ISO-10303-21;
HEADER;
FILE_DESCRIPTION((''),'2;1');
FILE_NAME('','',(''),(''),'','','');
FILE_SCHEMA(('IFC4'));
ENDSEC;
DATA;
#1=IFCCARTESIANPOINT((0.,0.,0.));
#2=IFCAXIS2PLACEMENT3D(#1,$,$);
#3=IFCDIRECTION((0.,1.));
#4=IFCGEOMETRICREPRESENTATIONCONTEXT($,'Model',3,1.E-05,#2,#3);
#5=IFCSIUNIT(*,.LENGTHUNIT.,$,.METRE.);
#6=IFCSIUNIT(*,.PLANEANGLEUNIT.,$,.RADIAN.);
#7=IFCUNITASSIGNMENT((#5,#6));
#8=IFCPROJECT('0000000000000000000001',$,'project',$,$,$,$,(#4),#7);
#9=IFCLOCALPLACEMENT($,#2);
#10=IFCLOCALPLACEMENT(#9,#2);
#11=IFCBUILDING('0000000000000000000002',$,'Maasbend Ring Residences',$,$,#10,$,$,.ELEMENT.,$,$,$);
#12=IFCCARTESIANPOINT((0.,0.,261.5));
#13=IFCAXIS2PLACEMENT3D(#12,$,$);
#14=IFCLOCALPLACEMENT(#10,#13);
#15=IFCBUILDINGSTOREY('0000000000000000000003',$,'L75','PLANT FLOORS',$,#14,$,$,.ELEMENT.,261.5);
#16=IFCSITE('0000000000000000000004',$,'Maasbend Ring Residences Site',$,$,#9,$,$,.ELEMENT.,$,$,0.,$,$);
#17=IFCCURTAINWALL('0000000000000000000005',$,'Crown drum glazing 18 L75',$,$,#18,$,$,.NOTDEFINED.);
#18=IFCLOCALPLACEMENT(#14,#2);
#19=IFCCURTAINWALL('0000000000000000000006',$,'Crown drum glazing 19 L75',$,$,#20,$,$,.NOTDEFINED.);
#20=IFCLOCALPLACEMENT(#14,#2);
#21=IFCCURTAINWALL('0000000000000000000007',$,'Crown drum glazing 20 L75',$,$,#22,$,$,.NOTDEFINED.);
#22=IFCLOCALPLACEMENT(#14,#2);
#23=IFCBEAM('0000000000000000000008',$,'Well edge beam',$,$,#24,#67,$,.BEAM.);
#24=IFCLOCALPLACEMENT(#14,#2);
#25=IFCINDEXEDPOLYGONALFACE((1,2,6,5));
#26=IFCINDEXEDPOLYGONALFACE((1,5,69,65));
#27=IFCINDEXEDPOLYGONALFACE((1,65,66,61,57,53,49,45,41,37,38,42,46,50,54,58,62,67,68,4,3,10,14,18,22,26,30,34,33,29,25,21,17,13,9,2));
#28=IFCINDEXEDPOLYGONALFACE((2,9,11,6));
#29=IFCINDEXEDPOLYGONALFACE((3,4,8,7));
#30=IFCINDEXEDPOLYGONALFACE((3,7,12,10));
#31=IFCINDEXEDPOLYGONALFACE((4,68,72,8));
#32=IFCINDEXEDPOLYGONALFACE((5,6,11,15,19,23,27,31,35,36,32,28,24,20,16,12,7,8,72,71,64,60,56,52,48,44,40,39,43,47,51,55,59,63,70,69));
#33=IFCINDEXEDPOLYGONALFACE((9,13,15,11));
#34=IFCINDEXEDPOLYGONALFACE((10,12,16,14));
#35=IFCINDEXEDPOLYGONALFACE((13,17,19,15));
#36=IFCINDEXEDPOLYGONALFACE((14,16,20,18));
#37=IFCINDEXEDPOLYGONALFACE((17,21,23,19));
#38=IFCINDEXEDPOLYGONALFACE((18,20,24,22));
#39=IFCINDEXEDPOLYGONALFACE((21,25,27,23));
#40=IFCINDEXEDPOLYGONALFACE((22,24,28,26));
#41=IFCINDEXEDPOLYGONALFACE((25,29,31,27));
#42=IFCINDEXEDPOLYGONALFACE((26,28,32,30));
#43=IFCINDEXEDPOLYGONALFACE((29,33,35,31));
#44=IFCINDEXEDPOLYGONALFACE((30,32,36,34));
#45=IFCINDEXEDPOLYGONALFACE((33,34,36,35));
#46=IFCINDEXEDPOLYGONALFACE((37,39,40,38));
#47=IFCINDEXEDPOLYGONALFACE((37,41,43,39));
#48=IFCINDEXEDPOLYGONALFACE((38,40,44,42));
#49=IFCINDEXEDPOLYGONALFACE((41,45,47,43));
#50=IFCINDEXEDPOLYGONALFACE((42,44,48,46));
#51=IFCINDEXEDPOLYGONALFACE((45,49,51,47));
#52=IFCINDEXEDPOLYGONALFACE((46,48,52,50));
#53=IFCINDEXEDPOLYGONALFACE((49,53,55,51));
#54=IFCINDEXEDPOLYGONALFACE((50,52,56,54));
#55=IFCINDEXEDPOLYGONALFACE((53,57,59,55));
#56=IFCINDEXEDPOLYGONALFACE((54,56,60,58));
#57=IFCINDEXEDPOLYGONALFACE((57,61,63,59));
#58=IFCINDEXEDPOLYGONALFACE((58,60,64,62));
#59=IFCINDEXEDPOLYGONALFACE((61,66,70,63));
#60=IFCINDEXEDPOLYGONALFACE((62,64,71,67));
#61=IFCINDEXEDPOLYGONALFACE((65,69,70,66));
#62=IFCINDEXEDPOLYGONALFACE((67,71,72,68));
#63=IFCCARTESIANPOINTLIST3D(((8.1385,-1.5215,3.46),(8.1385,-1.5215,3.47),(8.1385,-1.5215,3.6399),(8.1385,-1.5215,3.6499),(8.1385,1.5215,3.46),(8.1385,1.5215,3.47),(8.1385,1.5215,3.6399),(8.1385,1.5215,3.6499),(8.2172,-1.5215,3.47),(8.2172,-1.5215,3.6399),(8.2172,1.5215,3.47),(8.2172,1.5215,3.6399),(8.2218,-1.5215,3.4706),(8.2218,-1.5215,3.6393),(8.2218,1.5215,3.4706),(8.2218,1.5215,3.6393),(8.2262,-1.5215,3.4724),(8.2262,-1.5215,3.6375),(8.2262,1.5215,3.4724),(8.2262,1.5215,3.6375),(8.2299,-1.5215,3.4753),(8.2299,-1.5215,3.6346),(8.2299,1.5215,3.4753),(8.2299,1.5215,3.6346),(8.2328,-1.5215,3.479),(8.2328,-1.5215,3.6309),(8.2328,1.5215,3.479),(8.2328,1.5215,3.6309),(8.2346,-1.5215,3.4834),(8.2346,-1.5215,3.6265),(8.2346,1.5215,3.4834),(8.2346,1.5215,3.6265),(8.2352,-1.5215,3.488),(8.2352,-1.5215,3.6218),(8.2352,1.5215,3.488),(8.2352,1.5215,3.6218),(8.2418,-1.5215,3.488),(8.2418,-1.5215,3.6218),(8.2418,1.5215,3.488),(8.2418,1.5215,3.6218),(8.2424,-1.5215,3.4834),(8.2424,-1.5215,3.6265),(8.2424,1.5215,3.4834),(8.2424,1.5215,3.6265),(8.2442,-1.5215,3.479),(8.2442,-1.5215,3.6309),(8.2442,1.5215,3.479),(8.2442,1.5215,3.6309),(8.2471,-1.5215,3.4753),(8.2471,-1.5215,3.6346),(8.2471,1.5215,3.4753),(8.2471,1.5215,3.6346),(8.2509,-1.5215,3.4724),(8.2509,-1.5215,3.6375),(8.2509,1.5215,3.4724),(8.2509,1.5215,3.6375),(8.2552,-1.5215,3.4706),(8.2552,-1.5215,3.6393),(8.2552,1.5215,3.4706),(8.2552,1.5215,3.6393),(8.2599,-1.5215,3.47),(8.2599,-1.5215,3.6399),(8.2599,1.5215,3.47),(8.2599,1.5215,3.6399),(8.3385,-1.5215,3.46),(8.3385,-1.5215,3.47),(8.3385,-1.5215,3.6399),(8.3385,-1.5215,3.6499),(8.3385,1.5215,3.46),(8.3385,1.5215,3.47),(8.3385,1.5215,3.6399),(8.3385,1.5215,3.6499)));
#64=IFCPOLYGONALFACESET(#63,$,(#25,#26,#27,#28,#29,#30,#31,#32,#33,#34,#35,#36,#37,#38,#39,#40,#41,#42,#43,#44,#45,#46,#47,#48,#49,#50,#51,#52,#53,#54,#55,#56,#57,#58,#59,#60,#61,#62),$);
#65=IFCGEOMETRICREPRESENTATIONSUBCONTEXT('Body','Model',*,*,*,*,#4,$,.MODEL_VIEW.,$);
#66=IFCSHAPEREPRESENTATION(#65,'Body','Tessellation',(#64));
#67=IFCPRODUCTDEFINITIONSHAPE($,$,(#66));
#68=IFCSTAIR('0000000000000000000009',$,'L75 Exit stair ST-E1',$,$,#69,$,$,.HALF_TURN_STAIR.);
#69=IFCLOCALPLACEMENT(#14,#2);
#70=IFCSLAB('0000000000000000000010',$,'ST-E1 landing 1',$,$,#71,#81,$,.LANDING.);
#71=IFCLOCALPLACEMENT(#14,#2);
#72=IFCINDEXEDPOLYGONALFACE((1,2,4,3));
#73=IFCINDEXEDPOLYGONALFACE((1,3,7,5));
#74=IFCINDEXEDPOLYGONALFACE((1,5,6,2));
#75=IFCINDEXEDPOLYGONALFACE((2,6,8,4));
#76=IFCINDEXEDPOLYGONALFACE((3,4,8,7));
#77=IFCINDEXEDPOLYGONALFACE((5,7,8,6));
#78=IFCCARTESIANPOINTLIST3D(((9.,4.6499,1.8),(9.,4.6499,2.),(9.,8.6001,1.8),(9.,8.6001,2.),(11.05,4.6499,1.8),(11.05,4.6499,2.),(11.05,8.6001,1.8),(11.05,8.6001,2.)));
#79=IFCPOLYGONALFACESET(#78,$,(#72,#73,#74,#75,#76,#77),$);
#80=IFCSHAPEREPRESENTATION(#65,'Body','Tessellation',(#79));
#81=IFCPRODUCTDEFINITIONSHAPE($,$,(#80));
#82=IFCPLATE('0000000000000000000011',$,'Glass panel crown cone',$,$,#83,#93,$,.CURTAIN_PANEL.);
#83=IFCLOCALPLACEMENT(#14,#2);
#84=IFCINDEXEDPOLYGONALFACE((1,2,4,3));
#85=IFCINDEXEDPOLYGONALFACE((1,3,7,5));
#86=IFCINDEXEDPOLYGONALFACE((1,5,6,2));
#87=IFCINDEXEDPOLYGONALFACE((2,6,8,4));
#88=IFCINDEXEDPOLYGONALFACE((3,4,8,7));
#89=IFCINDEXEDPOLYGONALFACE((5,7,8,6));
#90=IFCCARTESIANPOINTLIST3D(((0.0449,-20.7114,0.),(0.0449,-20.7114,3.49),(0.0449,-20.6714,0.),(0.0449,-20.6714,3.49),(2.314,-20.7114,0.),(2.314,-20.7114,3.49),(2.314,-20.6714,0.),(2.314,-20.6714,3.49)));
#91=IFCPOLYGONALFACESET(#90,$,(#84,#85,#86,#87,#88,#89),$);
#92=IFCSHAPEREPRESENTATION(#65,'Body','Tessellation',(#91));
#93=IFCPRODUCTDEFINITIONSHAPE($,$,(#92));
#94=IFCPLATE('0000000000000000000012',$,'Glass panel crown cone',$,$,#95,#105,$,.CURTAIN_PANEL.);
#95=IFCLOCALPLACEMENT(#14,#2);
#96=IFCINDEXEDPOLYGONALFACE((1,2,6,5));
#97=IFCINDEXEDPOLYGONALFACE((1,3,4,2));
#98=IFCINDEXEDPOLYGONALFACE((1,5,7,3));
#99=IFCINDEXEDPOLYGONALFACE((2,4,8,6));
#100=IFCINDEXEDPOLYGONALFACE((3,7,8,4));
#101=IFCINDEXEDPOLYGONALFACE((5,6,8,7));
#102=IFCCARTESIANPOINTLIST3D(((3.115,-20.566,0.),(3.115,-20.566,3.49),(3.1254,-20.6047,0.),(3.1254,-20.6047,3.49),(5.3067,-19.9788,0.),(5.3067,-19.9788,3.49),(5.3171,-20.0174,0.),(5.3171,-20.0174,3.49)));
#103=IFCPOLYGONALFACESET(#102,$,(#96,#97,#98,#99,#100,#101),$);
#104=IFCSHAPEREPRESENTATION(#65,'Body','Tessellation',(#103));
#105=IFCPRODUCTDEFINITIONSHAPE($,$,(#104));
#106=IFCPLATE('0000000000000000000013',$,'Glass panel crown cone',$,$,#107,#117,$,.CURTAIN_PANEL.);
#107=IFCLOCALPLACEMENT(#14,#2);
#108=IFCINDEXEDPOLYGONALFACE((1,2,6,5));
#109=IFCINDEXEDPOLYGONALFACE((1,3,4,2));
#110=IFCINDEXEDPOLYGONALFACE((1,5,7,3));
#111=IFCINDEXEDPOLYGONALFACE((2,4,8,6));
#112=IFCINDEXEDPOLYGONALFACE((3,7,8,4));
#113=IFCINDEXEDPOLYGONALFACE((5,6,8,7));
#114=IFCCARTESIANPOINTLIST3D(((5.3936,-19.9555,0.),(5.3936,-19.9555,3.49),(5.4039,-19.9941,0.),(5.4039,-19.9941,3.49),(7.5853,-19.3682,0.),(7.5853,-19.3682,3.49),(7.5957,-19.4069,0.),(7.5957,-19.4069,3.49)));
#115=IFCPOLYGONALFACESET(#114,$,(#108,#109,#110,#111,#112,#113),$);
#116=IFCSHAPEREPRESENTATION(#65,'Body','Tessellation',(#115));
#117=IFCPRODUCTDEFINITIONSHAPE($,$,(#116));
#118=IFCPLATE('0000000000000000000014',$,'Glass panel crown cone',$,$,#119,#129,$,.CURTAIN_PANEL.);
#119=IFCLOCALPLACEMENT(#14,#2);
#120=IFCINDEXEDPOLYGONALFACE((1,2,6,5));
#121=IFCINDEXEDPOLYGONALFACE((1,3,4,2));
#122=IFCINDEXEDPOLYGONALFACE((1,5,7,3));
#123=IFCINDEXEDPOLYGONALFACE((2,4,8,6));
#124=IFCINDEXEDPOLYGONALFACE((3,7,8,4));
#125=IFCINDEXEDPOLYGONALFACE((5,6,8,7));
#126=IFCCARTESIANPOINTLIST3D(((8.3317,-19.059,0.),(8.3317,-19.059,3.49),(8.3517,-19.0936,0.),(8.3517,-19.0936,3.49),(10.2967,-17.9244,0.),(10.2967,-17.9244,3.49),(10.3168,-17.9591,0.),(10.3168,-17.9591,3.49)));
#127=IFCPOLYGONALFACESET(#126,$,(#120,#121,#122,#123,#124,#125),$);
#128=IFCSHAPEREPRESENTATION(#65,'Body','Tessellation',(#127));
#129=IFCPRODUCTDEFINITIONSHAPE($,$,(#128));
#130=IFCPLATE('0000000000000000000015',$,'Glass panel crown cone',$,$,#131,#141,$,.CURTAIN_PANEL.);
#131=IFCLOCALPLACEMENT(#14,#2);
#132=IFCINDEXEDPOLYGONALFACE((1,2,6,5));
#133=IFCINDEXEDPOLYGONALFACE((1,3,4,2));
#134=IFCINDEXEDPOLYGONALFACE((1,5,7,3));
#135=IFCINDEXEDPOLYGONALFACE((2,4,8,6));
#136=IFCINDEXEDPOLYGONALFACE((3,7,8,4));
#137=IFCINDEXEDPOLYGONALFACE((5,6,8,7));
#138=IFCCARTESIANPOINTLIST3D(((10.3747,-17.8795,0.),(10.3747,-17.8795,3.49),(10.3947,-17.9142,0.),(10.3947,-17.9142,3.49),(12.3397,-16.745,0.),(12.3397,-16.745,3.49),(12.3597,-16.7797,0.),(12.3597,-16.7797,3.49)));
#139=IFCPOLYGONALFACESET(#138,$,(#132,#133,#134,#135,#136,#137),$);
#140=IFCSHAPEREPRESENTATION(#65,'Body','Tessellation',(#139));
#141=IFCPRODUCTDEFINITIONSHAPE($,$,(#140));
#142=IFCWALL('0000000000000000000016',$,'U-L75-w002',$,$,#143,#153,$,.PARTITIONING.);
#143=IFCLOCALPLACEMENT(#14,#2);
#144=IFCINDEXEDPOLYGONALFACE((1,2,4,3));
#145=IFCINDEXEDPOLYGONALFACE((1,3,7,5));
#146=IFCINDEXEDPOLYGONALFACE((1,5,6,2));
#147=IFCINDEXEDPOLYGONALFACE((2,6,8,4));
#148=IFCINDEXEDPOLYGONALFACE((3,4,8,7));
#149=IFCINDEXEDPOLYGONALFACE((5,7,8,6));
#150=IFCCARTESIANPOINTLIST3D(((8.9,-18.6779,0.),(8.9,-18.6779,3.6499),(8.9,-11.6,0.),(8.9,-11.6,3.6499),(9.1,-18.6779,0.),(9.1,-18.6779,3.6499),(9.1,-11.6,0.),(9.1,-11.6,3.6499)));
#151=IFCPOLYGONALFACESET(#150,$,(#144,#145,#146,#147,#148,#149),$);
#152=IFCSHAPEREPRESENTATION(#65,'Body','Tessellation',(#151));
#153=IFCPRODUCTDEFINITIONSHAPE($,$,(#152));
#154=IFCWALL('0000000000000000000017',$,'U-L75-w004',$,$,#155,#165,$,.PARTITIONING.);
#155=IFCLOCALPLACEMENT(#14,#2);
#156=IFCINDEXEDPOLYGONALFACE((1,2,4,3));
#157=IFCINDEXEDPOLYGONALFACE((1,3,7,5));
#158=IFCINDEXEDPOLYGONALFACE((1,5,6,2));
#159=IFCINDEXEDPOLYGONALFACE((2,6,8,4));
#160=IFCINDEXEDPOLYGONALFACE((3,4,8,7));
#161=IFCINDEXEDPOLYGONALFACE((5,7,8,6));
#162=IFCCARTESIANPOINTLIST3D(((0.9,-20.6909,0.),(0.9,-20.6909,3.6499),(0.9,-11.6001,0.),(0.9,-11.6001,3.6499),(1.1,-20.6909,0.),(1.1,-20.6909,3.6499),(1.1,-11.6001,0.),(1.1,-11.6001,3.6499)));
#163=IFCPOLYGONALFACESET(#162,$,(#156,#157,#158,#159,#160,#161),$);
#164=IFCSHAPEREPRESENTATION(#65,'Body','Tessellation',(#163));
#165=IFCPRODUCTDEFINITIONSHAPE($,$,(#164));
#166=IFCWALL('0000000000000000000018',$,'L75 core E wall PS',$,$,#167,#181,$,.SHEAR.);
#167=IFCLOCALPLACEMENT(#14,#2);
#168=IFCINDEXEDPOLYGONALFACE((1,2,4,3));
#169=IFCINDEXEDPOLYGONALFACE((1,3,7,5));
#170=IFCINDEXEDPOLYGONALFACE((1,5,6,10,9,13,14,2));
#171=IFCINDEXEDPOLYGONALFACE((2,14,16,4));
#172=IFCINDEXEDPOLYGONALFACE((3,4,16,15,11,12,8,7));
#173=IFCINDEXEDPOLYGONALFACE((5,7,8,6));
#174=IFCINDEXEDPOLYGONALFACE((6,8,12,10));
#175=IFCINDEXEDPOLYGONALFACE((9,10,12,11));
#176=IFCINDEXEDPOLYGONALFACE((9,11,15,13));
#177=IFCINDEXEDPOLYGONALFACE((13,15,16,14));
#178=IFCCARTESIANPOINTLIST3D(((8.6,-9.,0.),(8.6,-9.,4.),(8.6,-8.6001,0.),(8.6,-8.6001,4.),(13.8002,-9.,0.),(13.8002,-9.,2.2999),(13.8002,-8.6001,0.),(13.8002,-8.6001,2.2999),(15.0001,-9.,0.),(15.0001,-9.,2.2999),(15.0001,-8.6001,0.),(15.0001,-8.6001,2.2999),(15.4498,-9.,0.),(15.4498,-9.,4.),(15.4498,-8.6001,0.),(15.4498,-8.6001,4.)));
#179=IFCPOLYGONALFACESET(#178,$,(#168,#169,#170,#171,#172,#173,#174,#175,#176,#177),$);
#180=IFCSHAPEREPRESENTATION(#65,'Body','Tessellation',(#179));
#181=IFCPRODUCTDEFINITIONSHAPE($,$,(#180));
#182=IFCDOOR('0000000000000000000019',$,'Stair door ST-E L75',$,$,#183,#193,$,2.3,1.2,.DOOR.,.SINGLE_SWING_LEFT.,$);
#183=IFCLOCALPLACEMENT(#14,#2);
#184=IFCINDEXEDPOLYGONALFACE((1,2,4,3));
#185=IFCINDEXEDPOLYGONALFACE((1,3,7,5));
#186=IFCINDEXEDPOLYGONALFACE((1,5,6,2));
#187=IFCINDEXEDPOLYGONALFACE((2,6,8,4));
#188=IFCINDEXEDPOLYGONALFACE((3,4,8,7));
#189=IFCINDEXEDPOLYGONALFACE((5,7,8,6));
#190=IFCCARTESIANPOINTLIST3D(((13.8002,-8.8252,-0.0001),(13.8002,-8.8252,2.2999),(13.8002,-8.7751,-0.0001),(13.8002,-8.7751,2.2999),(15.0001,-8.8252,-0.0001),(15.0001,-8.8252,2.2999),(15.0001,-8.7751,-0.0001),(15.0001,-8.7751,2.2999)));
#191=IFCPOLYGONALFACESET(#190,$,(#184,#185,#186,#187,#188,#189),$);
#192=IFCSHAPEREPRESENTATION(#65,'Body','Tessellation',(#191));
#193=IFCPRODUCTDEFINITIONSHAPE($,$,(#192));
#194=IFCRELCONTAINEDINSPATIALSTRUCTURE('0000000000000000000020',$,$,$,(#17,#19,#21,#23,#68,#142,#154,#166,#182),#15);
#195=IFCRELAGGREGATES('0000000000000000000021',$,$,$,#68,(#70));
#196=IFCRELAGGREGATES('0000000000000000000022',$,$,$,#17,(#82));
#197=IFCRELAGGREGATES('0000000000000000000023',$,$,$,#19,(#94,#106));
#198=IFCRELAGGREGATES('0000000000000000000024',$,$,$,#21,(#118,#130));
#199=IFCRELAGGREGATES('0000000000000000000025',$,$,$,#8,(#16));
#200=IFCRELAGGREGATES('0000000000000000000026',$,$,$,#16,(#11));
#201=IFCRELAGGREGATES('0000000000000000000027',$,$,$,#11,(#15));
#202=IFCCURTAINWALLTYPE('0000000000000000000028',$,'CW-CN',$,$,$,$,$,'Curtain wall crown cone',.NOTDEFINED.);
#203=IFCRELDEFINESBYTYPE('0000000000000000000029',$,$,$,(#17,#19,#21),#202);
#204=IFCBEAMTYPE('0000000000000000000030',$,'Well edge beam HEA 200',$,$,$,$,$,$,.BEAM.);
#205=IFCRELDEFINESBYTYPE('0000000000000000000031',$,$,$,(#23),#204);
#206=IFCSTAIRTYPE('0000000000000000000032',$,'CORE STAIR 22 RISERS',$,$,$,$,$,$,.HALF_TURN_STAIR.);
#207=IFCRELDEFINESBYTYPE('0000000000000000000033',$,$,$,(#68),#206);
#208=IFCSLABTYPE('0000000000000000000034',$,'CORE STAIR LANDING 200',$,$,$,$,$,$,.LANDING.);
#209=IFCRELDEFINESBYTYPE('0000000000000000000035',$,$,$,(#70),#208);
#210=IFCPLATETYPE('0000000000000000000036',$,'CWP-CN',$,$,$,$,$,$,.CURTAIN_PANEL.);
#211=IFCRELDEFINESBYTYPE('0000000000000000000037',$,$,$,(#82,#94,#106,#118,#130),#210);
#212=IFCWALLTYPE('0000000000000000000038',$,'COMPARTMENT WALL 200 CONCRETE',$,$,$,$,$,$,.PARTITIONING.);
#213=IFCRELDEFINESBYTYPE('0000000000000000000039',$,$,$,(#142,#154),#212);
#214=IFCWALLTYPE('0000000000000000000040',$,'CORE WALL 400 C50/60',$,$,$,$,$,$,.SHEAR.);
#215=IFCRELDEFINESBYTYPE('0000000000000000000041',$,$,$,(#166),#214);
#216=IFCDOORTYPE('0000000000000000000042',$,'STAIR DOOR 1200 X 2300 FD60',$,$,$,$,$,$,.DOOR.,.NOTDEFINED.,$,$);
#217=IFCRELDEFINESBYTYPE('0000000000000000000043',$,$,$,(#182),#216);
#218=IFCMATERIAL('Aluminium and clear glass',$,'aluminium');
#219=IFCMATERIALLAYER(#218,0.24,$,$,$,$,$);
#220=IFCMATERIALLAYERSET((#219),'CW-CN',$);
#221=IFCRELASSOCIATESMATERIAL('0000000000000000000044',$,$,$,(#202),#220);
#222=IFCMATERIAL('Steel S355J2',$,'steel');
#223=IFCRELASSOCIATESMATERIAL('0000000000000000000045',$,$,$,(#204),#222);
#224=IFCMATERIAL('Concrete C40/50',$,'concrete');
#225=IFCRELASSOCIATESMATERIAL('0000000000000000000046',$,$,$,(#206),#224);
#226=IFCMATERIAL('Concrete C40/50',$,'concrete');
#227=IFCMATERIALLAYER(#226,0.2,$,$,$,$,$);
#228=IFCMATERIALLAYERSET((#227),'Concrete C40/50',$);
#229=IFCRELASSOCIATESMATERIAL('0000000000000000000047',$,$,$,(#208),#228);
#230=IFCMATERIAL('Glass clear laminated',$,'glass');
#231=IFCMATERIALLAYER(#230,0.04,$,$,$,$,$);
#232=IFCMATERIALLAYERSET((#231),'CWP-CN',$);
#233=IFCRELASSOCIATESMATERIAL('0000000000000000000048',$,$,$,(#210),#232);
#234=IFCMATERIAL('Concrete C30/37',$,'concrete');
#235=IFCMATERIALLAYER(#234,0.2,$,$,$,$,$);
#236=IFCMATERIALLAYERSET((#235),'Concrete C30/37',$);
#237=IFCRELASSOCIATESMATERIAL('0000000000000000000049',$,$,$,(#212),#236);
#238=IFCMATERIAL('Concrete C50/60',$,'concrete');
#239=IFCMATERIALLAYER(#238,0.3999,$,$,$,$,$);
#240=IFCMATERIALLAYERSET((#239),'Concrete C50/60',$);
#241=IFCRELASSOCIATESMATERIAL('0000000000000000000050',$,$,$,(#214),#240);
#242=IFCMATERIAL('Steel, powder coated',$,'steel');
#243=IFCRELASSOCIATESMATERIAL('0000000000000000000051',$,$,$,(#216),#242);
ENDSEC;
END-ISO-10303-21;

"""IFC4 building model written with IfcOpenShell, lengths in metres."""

from ifc_helpers import new_model, si_unit, direction, frame, frame_2d, origin, origin_2d, place, context, subcontext, project, spatial, polyline, rectangle, i_section, outline, extrude, material, layer, layer_set, material_profile, profile_set, type_object, element, fill, aggregate, save


model = new_model("IFC4")

# Units and contexts
model_context = context("Model", 3, precision=1e-05, world=origin(), true_north=direction((0.0, 1.0)))
body_context = subcontext(model_context, "Body", "Model", "MODEL_VIEW")
ifc_project = project(units=[si_unit("LENGTHUNIT", "METRE"), si_unit("PLANEANGLEUNIT", "RADIAN")], contexts=[model_context])

# Site, building, storey
site_placement = place(None, origin())
site = spatial("IfcSite", under=ifc_project, at=site_placement, Name="Maasbend Ring Residences Site", CompositionType="ELEMENT", RefElevation=0.0)
building_placement = place(site_placement, origin())
building = spatial("IfcBuilding", under=site, at=building_placement, Name="Maasbend Ring Residences", CompositionType="ELEMENT")
storey_placement = place(building_placement, frame((0.0, 0.0, 261.5)))
storey = spatial("IfcBuildingStorey", under=building, at=storey_placement, Name="L75", Description="PLANT FLOORS", CompositionType="ELEMENT", Elevation=261.5)

# Curtain wall
ifc_material_1 = material(Name="Aluminium and clear glass", Category="aluminium")
ifc_layer_1 = layer(ifc_material_1, 0.24)
ifc_layer_set_1 = layer_set([ifc_layer_1], Name="CW-CN")
curtain_wall_type = type_object("IfcCurtainWallType", Name="CW-CN", ElementType="Curtain wall crown cone", PredefinedType="NOTDEFINED", material=ifc_layer_set_1)
curtain_wall_1_placement = place(storey_placement, origin())
curtain_wall_1 = element("IfcCurtainWall", 1, at=curtain_wall_1_placement, inside=storey, type_object=curtain_wall_type, Name="Crown drum glazing 18 L75", PredefinedType="NOTDEFINED")

# Curtain walls
curtain_wall_2_placement = place(storey_placement, origin())
curtain_wall_2 = element("IfcCurtainWall", 2, at=curtain_wall_2_placement, inside=storey, type_object=curtain_wall_type, Name="Crown drum glazing 19 L75", PredefinedType="NOTDEFINED")
curtain_wall_3_placement = place(storey_placement, origin())
curtain_wall_3 = element("IfcCurtainWall", 3, at=curtain_wall_3_placement, inside=storey, type_object=curtain_wall_type, Name="Crown drum glazing 20 L75", PredefinedType="NOTDEFINED")

# Beam
ifc_material_2 = material(Name="Steel S355J2", Category="steel")
ifc_material_profile_1 = material_profile(ifc_material_2, i_section(OverallWidth=0.2, OverallDepth=0.1899, WebThickness=0.0066, FlangeThickness=0.01, FilletRadius=0.0181, at=origin_2d()), Name="HEA 200")
ifc_profile_set_1 = profile_set([ifc_material_profile_1], Name="Steel S355J2")
beam_type_1 = type_object("IfcBeamType", Name="Well edge beam HEA 200", PredefinedType="BEAM", material=ifc_profile_set_1)
for number, where, z_axis, x_axis, name in (
    (4, (8.2385, -1.5215, 3.5549), (0.0, 1.0, 0.0), (-1.0, 0.0, 0.0), "Well edge beam"),
):
    element("IfcBeam", number, at=place(storey_placement, frame(where, z_axis=z_axis, x_axis=x_axis)), inside=storey, type_object=beam_type_1, Name=name, PredefinedType="BEAM", context=body_context, shape_type="SweptSolid", body=[
        extrude(i_section(OverallWidth=0.2, OverallDepth=0.1899, WebThickness=0.0066, FlangeThickness=0.01, FilletRadius=0.0181, at=origin_2d()), origin(), (0.0, 0.0, 1.0), 3.043),
    ])

# Stair, slab
ifc_material_3 = material(Name="Concrete C40/50", Category="concrete")
stair_type = type_object("IfcStairType", Name="CORE STAIR 22 RISERS", PredefinedType="HALF_TURN_STAIR", material=ifc_material_3)
stair_placement = place(storey_placement, origin())
stair = element("IfcStair", 5, at=stair_placement, inside=storey, type_object=stair_type, Name="L75 Exit stair ST-E1", PredefinedType="HALF_TURN_STAIR")
ifc_material_4 = material(Name="Concrete C40/50", Category="concrete")
ifc_layer_2 = layer(ifc_material_4, 0.2)
ifc_layer_set_2 = layer_set([ifc_layer_2], Name="Concrete C40/50")
slab_type = type_object("IfcSlabType", Name="CORE STAIR LANDING 200", PredefinedType="LANDING", material=ifc_layer_set_2)
slab_placement = place(storey_placement, frame((0.0, 0.0, 1.8)))
slab = element("IfcSlab", 6, at=slab_placement, type_object=slab_type, Name="ST-E1 landing 1", PredefinedType="LANDING", context=body_context, shape_type="SweptSolid", body=[
    extrude(outline(polyline([(11.05, 8.6001), (9.0, 8.6001), (9.0, 4.6499), (11.05, 4.6499), (11.05, 8.6001)])), origin(), (0.0, 0.0, 1.0), 0.2),
])
aggregate(stair, [slab])

# Plates
ifc_material_5 = material(Name="Glass clear laminated", Category="glass")
ifc_layer_3 = layer(ifc_material_5, 0.04)
ifc_layer_set_3 = layer_set([ifc_layer_3], Name="CWP-CN")
plate_type = type_object("IfcPlateType", Name="CWP-CN", PredefinedType="CURTAIN_PANEL", material=ifc_layer_set_3)
plate_1_placement = place(storey_placement, frame((1.1794, -20.6914, 0.0), z_axis=(0.0, 0.0, 1.0), x_axis=(1.0, 0.0, 0.0)))
plate_1 = element("IfcPlate", 7, at=plate_1_placement, type_object=plate_type, Name="Glass panel crown cone", PredefinedType="CURTAIN_PANEL", context=body_context, shape_type="SweptSolid", body=[
    extrude(rectangle(XDim=2.269, YDim=0.04, at=origin_2d()), origin(), (0.0, 0.0, 1.0), 3.49),
])
aggregate(curtain_wall_1, [plate_1])
plate_2_placement = place(storey_placement, frame((4.2161, -20.2917, 0.0), z_axis=(0.0, 0.0, 1.0), x_axis=(0.965926, 0.258819, 0.0)))
plate_2 = element("IfcPlate", 8, at=plate_2_placement, type_object=plate_type, Name="Glass panel crown cone", PredefinedType="CURTAIN_PANEL", context=body_context, shape_type="SweptSolid", body=[
    extrude(rectangle(XDim=2.269, YDim=0.04, at=origin_2d()), origin(), (0.0, 0.0, 1.0), 3.49),
])
plate_3_placement = place(storey_placement, frame((6.4946, -19.6812, 0.0), z_axis=(0.0, 0.0, 1.0), x_axis=(0.965926, 0.258819, 0.0)))
plate_3 = element("IfcPlate", 9, at=plate_3_placement, type_object=plate_type, Name="Glass panel crown cone", PredefinedType="CURTAIN_PANEL", context=body_context, shape_type="SweptSolid", body=[
    extrude(rectangle(XDim=2.269, YDim=0.04, at=origin_2d()), origin(), (0.0, 0.0, 1.0), 3.49),
])
aggregate(curtain_wall_2, [plate_2, plate_3])
plate_4_placement = place(storey_placement, frame((9.3242, -18.509, 0.0), z_axis=(0.0, 0.0, 1.0), x_axis=(0.866025, 0.5, 0.0)))
plate_4 = element("IfcPlate", 10, at=plate_4_placement, type_object=plate_type, Name="Glass panel crown cone", PredefinedType="CURTAIN_PANEL", context=body_context, shape_type="SweptSolid", body=[
    extrude(rectangle(XDim=2.269, YDim=0.04, at=origin_2d()), origin(), (0.0, 0.0, 1.0), 3.49),
])
plate_5_placement = place(storey_placement, frame((11.3672, -17.3296, 0.0), z_axis=(0.0, 0.0, 1.0), x_axis=(0.866025, 0.5, 0.0)))
plate_5 = element("IfcPlate", 11, at=plate_5_placement, type_object=plate_type, Name="Glass panel crown cone", PredefinedType="CURTAIN_PANEL", context=body_context, shape_type="SweptSolid", body=[
    extrude(rectangle(XDim=2.269, YDim=0.04, at=origin_2d()), origin(), (0.0, 0.0, 1.0), 3.49),
])
aggregate(curtain_wall_3, [plate_4, plate_5])

# Walls
ifc_material_6 = material(Name="Concrete C30/37", Category="concrete")
ifc_layer_4 = layer(ifc_material_6, 0.2)
ifc_layer_set_4 = layer_set([ifc_layer_4], Name="Concrete C30/37")
wall_type_1 = type_object("IfcWallType", Name="COMPARTMENT WALL 200 CONCRETE", PredefinedType="PARTITIONING", material=ifc_layer_set_4)
wall_1_placement = place(storey_placement, frame((9.0, -18.678, 0.0), z_axis=(0.0, 0.0, 1.0), x_axis=(0.0, 1.0, 0.0)))
element("IfcWall", 12, at=wall_1_placement, inside=storey, type_object=wall_type_1, Name="U-L75-w002", PredefinedType="PARTITIONING", context=body_context, shape_type="SweptSolid", body=[
    extrude(rectangle(XDim=7.0779, YDim=0.2, at=frame_2d((3.5391, 0.0))), origin(), (0.0, 0.0, 1.0), 3.6499),
])
wall_2_placement = place(storey_placement, frame((1.0, -20.6909, 0.0), z_axis=(0.0, 0.0, 1.0), x_axis=(0.0, 1.0, 0.0)))
element("IfcWall", 13, at=wall_2_placement, inside=storey, type_object=wall_type_1, Name="U-L75-w004", PredefinedType="PARTITIONING", context=body_context, shape_type="SweptSolid", body=[
    extrude(rectangle(XDim=9.0908, YDim=0.2, at=frame_2d((4.5454, 0.0))), origin(), (0.0, 0.0, 1.0), 3.6499),
])

# Wall, opening, door
ifc_material_7 = material(Name="Concrete C50/60", Category="concrete")
ifc_layer_5 = layer(ifc_material_7, 0.3999)
ifc_layer_set_5 = layer_set([ifc_layer_5], Name="Concrete C50/60")
wall_type_2 = type_object("IfcWallType", Name="CORE WALL 400 C50/60", PredefinedType="SHEAR", material=ifc_layer_set_5)
wall_3_placement = place(storey_placement, frame((8.6001, -8.8, 0.0), z_axis=(0.0, 0.0, 1.0), x_axis=(1.0, 0.0, 0.0)))
wall_3 = element("IfcWall", 14, at=wall_3_placement, inside=storey, type_object=wall_type_2, Name="L75 core E wall PS", PredefinedType="SHEAR", context=body_context, shape_type="SweptSolid", body=[
    extrude(rectangle(XDim=6.8499, YDim=0.3999, at=frame_2d((3.4248, 0.0))), origin(), (0.0, 0.0, 1.0), 4.0),
])
opening_1_placement = place(wall_3_placement, frame((5.2, 0.0, 0.0)))
opening_1 = element("IfcOpeningElement", 15, at=opening_1_placement, cuts=wall_3, PredefinedType="OPENING", context=body_context, shape_type="SweptSolid", body=[
    extrude(rectangle(XDim=1.2, YDim=2.3, at=frame_2d((0.6001, 1.1499))), frame((0.0, 0.21, 0.0), z_axis=(0.0, -1.0, 0.0), x_axis=(1.0, 0.0, 0.0)), (0.0, 0.0, 1.0), 0.4199),
])
ifc_material_8 = material(Name="Steel, powder coated", Category="steel")
door_type = type_object("IfcDoorType", Name="STAIR DOOR 1200 X 2300 FD60", OperationType="NOTDEFINED", PredefinedType="DOOR", material=ifc_material_8)
door_placement = place(opening_1_placement, origin())
door = element("IfcDoor", 16, at=door_placement, inside=storey, type_object=door_type, Name="Stair door ST-E L75", OperationType="SINGLE_SWING_LEFT", OverallHeight=2.3, OverallWidth=1.2, PredefinedType="DOOR", context=body_context, shape_type="SweptSolid", body=[
    extrude(rectangle(XDim=1.2, YDim=2.3, at=frame_2d((0.6001, 1.1499))), frame((0.0, 0.0249, 0.0), z_axis=(0.0, -1.0, 0.0), x_axis=(1.0, 0.0, 0.0)), (0.0, 0.0, 1.0), 0.05),
])
fill(opening_1, door)

save(model, "model.ifc")
